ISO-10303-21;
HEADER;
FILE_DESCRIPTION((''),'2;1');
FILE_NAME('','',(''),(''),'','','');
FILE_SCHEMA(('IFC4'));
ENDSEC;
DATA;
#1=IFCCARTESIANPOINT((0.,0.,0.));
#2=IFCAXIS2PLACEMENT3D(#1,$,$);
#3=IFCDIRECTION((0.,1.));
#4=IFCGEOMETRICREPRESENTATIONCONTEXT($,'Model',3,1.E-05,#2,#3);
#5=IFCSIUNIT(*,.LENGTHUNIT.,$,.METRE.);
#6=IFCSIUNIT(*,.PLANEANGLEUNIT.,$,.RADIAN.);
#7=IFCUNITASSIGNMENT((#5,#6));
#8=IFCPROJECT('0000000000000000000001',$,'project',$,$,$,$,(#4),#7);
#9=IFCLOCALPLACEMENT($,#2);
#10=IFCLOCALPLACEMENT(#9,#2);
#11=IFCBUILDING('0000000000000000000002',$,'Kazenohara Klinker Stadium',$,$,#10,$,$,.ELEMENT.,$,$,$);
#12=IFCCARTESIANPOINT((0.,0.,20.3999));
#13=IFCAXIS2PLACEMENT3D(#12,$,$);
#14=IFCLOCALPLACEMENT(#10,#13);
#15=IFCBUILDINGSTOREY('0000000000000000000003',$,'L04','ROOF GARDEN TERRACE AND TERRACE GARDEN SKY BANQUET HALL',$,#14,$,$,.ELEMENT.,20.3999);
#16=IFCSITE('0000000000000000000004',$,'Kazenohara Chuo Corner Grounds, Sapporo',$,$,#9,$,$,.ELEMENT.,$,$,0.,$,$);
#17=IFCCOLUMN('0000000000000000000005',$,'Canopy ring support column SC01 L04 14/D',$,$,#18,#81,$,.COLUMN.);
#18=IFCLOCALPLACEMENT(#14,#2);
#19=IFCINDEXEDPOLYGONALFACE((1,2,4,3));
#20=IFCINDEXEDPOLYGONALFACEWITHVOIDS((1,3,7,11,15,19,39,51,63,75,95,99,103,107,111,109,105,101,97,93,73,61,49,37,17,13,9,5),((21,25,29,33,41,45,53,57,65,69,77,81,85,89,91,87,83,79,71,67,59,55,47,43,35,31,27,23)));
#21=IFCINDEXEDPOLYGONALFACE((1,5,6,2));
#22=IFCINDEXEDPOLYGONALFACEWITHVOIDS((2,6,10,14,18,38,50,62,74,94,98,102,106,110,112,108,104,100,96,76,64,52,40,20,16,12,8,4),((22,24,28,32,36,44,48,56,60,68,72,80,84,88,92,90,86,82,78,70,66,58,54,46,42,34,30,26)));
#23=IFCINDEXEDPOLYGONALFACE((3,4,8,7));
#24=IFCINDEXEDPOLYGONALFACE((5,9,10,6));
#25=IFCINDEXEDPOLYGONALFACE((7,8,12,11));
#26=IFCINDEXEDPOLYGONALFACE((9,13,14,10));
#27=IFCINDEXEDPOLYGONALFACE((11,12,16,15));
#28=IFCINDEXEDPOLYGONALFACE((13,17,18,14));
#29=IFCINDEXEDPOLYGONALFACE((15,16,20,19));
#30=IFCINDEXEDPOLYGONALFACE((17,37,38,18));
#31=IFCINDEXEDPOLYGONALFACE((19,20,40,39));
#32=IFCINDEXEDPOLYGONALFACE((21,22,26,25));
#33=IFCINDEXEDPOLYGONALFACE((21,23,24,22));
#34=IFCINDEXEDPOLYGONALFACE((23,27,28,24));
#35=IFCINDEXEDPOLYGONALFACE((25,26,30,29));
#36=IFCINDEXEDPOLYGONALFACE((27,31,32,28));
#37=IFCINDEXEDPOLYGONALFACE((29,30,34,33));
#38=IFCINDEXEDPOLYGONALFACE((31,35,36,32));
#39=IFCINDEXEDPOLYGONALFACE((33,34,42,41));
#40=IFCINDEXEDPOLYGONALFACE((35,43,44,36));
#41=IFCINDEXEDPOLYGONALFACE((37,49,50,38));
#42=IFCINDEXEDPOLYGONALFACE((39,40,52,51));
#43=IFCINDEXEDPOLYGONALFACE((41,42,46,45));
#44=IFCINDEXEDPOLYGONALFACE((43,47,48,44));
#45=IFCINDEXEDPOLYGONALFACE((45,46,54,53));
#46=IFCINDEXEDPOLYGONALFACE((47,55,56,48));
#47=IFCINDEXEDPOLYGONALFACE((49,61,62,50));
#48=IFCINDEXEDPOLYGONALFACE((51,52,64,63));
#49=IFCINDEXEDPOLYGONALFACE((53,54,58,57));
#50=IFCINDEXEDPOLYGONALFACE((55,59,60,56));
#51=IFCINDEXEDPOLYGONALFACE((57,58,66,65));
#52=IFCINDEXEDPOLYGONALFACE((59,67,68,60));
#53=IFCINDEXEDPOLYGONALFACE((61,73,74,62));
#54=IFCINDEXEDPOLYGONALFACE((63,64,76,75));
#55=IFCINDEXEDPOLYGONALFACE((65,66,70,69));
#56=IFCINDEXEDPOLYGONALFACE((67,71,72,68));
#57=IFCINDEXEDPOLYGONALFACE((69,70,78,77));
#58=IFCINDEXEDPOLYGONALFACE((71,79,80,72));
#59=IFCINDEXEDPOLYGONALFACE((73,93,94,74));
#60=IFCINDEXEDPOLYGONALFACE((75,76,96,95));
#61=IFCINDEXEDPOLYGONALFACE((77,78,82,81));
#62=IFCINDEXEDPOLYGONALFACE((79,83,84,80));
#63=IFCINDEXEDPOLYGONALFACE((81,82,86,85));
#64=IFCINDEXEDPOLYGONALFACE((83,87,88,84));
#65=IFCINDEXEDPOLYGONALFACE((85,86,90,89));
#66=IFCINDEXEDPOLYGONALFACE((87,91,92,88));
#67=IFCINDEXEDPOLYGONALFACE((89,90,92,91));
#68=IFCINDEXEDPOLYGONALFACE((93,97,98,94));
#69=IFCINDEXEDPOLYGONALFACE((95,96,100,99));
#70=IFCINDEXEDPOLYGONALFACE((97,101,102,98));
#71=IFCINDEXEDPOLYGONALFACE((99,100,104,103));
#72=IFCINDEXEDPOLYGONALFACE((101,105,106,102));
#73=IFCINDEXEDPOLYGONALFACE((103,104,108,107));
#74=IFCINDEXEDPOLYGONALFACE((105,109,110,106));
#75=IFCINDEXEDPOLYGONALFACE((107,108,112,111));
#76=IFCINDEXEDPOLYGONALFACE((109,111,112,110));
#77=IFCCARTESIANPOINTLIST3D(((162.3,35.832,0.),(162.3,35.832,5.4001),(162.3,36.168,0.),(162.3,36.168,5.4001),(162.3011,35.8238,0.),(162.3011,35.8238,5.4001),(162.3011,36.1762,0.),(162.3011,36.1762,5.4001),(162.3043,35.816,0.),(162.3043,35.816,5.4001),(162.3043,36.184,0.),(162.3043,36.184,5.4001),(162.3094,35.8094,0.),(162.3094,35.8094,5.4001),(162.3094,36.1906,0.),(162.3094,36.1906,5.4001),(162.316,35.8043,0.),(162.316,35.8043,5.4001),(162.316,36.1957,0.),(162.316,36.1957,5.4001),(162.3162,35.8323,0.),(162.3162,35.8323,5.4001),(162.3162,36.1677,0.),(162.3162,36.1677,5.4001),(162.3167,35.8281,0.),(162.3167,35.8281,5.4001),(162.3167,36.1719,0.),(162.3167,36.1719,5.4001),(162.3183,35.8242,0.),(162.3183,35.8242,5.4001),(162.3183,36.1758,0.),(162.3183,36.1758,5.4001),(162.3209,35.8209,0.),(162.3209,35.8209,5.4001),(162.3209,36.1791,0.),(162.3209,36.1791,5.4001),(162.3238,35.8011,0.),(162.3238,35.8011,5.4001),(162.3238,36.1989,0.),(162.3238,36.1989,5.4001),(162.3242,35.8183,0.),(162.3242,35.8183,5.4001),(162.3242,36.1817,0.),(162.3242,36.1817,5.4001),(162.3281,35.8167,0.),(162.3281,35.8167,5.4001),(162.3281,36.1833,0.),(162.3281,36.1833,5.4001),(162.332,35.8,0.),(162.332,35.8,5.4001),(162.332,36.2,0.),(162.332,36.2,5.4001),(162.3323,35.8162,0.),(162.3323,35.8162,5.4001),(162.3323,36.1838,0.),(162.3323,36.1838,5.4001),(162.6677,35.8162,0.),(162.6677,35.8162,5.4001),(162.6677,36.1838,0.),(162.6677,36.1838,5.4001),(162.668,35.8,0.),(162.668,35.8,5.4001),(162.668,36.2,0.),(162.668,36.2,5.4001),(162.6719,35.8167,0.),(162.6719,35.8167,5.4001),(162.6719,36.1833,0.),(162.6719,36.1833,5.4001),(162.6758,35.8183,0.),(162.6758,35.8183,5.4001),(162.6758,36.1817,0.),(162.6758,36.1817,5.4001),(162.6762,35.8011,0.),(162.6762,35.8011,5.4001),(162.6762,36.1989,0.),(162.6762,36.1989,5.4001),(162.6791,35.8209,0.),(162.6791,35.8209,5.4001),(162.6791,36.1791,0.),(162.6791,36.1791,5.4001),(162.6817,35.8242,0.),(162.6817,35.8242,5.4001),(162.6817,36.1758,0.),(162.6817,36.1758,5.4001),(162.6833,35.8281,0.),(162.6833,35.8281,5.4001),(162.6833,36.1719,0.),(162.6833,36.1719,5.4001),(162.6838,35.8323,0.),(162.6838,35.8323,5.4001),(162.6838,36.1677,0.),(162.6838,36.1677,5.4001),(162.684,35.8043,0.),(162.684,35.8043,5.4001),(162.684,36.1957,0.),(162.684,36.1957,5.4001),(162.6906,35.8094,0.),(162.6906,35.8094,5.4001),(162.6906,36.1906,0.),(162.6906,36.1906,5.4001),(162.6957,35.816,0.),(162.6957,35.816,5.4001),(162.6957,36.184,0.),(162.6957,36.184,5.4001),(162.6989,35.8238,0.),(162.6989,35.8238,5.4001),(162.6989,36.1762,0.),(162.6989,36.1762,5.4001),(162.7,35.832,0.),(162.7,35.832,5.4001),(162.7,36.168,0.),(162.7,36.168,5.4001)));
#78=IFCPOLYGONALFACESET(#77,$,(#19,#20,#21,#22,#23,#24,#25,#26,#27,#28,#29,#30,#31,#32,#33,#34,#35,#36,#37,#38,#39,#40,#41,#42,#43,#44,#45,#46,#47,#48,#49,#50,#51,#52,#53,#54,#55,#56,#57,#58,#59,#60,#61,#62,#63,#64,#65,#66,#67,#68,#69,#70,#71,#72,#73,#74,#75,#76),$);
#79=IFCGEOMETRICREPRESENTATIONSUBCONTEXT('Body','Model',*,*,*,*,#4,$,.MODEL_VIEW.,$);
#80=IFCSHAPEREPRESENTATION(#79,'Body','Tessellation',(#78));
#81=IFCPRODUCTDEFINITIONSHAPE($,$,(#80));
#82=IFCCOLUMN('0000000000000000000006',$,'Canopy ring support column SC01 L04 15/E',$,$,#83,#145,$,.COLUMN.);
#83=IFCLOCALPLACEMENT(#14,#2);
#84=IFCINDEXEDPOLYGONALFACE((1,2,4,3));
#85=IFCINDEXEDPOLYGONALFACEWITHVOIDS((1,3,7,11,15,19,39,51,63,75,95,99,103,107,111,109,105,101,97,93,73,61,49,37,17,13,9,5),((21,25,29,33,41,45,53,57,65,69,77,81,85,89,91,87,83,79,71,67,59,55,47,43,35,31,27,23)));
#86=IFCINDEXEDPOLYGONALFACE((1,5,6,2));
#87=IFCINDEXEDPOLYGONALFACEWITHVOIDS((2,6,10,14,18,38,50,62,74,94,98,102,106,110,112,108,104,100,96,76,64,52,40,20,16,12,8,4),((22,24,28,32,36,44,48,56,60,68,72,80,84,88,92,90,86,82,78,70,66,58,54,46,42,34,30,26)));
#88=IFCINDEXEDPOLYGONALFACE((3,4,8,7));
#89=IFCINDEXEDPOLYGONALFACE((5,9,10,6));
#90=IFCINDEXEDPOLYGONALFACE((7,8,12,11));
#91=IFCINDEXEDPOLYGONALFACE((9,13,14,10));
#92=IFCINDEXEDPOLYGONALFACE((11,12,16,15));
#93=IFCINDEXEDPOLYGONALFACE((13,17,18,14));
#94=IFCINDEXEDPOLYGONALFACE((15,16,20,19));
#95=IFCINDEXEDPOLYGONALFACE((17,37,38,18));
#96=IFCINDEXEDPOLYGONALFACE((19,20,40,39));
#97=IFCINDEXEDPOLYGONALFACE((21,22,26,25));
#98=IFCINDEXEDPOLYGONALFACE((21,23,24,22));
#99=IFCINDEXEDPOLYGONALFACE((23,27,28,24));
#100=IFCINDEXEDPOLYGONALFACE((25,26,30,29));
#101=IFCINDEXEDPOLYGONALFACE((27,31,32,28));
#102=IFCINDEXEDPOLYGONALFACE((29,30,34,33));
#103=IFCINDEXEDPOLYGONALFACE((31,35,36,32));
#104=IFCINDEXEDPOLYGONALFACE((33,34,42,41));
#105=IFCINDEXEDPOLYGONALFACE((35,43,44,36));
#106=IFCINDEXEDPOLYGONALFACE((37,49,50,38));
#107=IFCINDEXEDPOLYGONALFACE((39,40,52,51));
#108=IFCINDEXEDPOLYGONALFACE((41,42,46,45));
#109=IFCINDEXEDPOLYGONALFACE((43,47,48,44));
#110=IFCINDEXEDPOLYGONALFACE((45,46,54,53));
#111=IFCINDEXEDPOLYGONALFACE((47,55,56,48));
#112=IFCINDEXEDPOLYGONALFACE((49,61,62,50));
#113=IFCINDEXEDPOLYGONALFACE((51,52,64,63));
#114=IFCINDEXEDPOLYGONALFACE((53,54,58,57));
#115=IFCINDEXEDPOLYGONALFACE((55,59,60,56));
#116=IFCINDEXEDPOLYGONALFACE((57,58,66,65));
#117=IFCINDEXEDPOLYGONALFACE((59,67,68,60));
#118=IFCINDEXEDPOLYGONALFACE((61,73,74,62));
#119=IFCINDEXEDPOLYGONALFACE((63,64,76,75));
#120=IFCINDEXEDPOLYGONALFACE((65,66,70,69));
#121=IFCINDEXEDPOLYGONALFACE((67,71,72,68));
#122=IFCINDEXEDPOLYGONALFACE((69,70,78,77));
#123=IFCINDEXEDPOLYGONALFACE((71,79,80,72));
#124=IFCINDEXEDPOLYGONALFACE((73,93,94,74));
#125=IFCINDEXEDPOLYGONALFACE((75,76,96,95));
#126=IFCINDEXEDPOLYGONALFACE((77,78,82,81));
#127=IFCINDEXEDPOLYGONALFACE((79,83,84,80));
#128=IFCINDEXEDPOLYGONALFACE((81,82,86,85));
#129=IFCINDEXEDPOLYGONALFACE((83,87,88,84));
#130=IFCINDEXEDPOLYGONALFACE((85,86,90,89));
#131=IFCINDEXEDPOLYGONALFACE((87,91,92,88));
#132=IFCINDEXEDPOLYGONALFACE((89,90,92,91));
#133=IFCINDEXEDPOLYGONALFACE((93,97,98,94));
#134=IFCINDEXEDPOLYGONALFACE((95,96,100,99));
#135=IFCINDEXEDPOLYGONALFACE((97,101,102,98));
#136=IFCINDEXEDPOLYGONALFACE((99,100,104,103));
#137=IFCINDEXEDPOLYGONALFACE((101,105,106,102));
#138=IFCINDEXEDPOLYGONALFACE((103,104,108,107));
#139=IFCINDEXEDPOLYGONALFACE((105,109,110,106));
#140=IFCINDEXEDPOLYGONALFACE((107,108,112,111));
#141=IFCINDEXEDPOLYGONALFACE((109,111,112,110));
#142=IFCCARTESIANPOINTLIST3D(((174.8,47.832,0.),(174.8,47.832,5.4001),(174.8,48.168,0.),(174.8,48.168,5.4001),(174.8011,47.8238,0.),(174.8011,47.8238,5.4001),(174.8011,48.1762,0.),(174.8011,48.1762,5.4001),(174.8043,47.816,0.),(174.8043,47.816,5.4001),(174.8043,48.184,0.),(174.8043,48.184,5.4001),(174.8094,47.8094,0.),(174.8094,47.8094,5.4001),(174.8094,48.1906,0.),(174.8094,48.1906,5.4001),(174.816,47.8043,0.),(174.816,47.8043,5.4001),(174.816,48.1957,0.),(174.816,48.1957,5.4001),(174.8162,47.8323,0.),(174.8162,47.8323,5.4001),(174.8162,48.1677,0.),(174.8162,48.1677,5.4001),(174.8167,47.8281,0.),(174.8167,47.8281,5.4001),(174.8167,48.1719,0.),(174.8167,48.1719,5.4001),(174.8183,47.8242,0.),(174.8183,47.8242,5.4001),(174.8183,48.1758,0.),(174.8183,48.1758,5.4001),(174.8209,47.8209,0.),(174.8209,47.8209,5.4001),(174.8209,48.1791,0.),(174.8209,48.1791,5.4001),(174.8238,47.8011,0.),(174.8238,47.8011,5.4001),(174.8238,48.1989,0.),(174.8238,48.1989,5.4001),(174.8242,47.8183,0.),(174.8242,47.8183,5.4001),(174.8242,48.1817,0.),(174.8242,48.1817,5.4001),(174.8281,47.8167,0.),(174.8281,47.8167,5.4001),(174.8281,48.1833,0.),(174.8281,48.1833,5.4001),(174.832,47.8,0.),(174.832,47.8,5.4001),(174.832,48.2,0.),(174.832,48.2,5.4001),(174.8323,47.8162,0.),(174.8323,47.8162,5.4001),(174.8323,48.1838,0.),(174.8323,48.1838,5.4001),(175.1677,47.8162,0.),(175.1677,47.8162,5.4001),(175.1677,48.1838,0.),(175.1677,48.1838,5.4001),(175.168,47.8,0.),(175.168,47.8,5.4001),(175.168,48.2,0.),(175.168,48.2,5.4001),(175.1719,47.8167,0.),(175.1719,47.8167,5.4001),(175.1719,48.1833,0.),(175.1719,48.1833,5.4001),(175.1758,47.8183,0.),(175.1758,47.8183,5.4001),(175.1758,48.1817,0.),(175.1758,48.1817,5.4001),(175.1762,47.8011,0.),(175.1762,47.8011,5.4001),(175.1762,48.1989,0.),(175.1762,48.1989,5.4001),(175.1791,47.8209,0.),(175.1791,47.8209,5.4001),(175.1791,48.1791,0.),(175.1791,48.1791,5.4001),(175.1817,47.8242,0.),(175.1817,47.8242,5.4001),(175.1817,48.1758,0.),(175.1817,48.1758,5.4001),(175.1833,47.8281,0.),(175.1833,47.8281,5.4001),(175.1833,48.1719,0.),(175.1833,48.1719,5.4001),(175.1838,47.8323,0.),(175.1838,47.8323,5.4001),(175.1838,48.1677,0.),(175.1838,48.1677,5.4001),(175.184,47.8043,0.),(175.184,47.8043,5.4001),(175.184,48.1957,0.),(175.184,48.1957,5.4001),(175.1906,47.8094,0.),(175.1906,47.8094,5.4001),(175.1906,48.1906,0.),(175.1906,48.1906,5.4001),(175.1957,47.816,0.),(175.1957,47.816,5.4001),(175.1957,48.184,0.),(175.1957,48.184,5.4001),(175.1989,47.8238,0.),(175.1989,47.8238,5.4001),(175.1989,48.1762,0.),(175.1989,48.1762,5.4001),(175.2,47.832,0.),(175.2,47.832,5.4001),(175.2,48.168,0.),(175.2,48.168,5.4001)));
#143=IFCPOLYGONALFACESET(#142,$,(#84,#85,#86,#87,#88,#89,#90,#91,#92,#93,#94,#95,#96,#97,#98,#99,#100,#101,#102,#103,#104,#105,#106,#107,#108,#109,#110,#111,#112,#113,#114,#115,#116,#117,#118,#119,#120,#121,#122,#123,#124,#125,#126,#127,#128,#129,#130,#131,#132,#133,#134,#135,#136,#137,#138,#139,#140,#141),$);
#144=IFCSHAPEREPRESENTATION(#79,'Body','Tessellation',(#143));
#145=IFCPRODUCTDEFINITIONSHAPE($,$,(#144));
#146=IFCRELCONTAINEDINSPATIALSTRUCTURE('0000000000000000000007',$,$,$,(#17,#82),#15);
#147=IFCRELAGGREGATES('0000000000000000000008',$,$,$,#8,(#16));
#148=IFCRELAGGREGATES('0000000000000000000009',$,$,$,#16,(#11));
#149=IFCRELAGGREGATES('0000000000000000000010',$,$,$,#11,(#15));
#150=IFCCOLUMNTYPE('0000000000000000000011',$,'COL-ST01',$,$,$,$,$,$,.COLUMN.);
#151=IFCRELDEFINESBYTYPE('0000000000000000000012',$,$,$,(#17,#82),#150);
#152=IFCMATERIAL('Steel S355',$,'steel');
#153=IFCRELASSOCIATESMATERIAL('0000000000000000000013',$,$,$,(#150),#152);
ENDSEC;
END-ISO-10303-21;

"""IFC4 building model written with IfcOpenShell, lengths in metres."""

from ifc_helpers import new_model, si_unit, direction, frame, origin, origin_2d, place, context, subcontext, project, spatial, hollow_rectangle, extrude, material, material_profile, profile_set, type_object, element, save


model = new_model("IFC4")

# Units and contexts
model_context = context("Model", 3, precision=1e-05, world=origin(), true_north=direction((0.0, 1.0)))
body_context = subcontext(model_context, "Body", "Model", "MODEL_VIEW")
ifc_project = project(units=[si_unit("LENGTHUNIT", "METRE"), si_unit("PLANEANGLEUNIT", "RADIAN")], contexts=[model_context])

# Site, building, storey
site_placement = place(None, origin())
site = spatial("IfcSite", under=ifc_project, at=site_placement, Name="Kazenohara Chuo Corner Grounds, Sapporo", CompositionType="ELEMENT", RefElevation=0.0)
building_placement = place(site_placement, origin())
building = spatial("IfcBuilding", under=site, at=building_placement, Name="Kazenohara Klinker Stadium", CompositionType="ELEMENT")
storey_placement = place(building_placement, frame((0.0, 0.0, 20.3999)))
storey = spatial("IfcBuildingStorey", under=building, at=storey_placement, Name="L04", Description="ROOF GARDEN TERRACE AND TERRACE GARDEN SKY BANQUET HALL", CompositionType="ELEMENT", Elevation=20.3999)

# Columns
ifc_material_1 = material(Name="Steel S355", Category="steel")
ifc_material_profile_1 = material_profile(ifc_material_1, hollow_rectangle(XDim=0.3999, YDim=0.3999, WallThickness=0.0161, InnerFilletRadius=0.0161, OuterFilletRadius=0.032, at=origin_2d()), Name="SHS-400x400x16")
ifc_profile_set_1 = profile_set([ifc_material_profile_1], Name="Steel S355")
column_type_1 = type_object("IfcColumnType", Name="COL-ST01", PredefinedType="COLUMN", material=ifc_profile_set_1)
for number, where, z_axis, x_axis, name in (
    (1, (162.5, 36.0, 0.0), (0.0, 0.0, 1.0), (1.0, 0.0, 0.0), "Canopy ring support column SC01 L04 14/D"),
    (2, (175.0, 48.0, 0.0), (0.0, 0.0, 1.0), (1.0, 0.0, 0.0), "Canopy ring support column SC01 L04 15/E"),
):
    element("IfcColumn", number, at=place(storey_placement, frame(where, z_axis=z_axis, x_axis=x_axis)), inside=storey, type_object=column_type_1, Name=name, PredefinedType="COLUMN", context=body_context, shape_type="SweptSolid", body=[
        extrude(hollow_rectangle(XDim=0.3999, YDim=0.3999, WallThickness=0.0161, InnerFilletRadius=0.0161, OuterFilletRadius=0.032, at=origin_2d()), origin(), (0.0, 0.0, 1.0), 5.4001),
    ])

save(model, "model.ifc")
